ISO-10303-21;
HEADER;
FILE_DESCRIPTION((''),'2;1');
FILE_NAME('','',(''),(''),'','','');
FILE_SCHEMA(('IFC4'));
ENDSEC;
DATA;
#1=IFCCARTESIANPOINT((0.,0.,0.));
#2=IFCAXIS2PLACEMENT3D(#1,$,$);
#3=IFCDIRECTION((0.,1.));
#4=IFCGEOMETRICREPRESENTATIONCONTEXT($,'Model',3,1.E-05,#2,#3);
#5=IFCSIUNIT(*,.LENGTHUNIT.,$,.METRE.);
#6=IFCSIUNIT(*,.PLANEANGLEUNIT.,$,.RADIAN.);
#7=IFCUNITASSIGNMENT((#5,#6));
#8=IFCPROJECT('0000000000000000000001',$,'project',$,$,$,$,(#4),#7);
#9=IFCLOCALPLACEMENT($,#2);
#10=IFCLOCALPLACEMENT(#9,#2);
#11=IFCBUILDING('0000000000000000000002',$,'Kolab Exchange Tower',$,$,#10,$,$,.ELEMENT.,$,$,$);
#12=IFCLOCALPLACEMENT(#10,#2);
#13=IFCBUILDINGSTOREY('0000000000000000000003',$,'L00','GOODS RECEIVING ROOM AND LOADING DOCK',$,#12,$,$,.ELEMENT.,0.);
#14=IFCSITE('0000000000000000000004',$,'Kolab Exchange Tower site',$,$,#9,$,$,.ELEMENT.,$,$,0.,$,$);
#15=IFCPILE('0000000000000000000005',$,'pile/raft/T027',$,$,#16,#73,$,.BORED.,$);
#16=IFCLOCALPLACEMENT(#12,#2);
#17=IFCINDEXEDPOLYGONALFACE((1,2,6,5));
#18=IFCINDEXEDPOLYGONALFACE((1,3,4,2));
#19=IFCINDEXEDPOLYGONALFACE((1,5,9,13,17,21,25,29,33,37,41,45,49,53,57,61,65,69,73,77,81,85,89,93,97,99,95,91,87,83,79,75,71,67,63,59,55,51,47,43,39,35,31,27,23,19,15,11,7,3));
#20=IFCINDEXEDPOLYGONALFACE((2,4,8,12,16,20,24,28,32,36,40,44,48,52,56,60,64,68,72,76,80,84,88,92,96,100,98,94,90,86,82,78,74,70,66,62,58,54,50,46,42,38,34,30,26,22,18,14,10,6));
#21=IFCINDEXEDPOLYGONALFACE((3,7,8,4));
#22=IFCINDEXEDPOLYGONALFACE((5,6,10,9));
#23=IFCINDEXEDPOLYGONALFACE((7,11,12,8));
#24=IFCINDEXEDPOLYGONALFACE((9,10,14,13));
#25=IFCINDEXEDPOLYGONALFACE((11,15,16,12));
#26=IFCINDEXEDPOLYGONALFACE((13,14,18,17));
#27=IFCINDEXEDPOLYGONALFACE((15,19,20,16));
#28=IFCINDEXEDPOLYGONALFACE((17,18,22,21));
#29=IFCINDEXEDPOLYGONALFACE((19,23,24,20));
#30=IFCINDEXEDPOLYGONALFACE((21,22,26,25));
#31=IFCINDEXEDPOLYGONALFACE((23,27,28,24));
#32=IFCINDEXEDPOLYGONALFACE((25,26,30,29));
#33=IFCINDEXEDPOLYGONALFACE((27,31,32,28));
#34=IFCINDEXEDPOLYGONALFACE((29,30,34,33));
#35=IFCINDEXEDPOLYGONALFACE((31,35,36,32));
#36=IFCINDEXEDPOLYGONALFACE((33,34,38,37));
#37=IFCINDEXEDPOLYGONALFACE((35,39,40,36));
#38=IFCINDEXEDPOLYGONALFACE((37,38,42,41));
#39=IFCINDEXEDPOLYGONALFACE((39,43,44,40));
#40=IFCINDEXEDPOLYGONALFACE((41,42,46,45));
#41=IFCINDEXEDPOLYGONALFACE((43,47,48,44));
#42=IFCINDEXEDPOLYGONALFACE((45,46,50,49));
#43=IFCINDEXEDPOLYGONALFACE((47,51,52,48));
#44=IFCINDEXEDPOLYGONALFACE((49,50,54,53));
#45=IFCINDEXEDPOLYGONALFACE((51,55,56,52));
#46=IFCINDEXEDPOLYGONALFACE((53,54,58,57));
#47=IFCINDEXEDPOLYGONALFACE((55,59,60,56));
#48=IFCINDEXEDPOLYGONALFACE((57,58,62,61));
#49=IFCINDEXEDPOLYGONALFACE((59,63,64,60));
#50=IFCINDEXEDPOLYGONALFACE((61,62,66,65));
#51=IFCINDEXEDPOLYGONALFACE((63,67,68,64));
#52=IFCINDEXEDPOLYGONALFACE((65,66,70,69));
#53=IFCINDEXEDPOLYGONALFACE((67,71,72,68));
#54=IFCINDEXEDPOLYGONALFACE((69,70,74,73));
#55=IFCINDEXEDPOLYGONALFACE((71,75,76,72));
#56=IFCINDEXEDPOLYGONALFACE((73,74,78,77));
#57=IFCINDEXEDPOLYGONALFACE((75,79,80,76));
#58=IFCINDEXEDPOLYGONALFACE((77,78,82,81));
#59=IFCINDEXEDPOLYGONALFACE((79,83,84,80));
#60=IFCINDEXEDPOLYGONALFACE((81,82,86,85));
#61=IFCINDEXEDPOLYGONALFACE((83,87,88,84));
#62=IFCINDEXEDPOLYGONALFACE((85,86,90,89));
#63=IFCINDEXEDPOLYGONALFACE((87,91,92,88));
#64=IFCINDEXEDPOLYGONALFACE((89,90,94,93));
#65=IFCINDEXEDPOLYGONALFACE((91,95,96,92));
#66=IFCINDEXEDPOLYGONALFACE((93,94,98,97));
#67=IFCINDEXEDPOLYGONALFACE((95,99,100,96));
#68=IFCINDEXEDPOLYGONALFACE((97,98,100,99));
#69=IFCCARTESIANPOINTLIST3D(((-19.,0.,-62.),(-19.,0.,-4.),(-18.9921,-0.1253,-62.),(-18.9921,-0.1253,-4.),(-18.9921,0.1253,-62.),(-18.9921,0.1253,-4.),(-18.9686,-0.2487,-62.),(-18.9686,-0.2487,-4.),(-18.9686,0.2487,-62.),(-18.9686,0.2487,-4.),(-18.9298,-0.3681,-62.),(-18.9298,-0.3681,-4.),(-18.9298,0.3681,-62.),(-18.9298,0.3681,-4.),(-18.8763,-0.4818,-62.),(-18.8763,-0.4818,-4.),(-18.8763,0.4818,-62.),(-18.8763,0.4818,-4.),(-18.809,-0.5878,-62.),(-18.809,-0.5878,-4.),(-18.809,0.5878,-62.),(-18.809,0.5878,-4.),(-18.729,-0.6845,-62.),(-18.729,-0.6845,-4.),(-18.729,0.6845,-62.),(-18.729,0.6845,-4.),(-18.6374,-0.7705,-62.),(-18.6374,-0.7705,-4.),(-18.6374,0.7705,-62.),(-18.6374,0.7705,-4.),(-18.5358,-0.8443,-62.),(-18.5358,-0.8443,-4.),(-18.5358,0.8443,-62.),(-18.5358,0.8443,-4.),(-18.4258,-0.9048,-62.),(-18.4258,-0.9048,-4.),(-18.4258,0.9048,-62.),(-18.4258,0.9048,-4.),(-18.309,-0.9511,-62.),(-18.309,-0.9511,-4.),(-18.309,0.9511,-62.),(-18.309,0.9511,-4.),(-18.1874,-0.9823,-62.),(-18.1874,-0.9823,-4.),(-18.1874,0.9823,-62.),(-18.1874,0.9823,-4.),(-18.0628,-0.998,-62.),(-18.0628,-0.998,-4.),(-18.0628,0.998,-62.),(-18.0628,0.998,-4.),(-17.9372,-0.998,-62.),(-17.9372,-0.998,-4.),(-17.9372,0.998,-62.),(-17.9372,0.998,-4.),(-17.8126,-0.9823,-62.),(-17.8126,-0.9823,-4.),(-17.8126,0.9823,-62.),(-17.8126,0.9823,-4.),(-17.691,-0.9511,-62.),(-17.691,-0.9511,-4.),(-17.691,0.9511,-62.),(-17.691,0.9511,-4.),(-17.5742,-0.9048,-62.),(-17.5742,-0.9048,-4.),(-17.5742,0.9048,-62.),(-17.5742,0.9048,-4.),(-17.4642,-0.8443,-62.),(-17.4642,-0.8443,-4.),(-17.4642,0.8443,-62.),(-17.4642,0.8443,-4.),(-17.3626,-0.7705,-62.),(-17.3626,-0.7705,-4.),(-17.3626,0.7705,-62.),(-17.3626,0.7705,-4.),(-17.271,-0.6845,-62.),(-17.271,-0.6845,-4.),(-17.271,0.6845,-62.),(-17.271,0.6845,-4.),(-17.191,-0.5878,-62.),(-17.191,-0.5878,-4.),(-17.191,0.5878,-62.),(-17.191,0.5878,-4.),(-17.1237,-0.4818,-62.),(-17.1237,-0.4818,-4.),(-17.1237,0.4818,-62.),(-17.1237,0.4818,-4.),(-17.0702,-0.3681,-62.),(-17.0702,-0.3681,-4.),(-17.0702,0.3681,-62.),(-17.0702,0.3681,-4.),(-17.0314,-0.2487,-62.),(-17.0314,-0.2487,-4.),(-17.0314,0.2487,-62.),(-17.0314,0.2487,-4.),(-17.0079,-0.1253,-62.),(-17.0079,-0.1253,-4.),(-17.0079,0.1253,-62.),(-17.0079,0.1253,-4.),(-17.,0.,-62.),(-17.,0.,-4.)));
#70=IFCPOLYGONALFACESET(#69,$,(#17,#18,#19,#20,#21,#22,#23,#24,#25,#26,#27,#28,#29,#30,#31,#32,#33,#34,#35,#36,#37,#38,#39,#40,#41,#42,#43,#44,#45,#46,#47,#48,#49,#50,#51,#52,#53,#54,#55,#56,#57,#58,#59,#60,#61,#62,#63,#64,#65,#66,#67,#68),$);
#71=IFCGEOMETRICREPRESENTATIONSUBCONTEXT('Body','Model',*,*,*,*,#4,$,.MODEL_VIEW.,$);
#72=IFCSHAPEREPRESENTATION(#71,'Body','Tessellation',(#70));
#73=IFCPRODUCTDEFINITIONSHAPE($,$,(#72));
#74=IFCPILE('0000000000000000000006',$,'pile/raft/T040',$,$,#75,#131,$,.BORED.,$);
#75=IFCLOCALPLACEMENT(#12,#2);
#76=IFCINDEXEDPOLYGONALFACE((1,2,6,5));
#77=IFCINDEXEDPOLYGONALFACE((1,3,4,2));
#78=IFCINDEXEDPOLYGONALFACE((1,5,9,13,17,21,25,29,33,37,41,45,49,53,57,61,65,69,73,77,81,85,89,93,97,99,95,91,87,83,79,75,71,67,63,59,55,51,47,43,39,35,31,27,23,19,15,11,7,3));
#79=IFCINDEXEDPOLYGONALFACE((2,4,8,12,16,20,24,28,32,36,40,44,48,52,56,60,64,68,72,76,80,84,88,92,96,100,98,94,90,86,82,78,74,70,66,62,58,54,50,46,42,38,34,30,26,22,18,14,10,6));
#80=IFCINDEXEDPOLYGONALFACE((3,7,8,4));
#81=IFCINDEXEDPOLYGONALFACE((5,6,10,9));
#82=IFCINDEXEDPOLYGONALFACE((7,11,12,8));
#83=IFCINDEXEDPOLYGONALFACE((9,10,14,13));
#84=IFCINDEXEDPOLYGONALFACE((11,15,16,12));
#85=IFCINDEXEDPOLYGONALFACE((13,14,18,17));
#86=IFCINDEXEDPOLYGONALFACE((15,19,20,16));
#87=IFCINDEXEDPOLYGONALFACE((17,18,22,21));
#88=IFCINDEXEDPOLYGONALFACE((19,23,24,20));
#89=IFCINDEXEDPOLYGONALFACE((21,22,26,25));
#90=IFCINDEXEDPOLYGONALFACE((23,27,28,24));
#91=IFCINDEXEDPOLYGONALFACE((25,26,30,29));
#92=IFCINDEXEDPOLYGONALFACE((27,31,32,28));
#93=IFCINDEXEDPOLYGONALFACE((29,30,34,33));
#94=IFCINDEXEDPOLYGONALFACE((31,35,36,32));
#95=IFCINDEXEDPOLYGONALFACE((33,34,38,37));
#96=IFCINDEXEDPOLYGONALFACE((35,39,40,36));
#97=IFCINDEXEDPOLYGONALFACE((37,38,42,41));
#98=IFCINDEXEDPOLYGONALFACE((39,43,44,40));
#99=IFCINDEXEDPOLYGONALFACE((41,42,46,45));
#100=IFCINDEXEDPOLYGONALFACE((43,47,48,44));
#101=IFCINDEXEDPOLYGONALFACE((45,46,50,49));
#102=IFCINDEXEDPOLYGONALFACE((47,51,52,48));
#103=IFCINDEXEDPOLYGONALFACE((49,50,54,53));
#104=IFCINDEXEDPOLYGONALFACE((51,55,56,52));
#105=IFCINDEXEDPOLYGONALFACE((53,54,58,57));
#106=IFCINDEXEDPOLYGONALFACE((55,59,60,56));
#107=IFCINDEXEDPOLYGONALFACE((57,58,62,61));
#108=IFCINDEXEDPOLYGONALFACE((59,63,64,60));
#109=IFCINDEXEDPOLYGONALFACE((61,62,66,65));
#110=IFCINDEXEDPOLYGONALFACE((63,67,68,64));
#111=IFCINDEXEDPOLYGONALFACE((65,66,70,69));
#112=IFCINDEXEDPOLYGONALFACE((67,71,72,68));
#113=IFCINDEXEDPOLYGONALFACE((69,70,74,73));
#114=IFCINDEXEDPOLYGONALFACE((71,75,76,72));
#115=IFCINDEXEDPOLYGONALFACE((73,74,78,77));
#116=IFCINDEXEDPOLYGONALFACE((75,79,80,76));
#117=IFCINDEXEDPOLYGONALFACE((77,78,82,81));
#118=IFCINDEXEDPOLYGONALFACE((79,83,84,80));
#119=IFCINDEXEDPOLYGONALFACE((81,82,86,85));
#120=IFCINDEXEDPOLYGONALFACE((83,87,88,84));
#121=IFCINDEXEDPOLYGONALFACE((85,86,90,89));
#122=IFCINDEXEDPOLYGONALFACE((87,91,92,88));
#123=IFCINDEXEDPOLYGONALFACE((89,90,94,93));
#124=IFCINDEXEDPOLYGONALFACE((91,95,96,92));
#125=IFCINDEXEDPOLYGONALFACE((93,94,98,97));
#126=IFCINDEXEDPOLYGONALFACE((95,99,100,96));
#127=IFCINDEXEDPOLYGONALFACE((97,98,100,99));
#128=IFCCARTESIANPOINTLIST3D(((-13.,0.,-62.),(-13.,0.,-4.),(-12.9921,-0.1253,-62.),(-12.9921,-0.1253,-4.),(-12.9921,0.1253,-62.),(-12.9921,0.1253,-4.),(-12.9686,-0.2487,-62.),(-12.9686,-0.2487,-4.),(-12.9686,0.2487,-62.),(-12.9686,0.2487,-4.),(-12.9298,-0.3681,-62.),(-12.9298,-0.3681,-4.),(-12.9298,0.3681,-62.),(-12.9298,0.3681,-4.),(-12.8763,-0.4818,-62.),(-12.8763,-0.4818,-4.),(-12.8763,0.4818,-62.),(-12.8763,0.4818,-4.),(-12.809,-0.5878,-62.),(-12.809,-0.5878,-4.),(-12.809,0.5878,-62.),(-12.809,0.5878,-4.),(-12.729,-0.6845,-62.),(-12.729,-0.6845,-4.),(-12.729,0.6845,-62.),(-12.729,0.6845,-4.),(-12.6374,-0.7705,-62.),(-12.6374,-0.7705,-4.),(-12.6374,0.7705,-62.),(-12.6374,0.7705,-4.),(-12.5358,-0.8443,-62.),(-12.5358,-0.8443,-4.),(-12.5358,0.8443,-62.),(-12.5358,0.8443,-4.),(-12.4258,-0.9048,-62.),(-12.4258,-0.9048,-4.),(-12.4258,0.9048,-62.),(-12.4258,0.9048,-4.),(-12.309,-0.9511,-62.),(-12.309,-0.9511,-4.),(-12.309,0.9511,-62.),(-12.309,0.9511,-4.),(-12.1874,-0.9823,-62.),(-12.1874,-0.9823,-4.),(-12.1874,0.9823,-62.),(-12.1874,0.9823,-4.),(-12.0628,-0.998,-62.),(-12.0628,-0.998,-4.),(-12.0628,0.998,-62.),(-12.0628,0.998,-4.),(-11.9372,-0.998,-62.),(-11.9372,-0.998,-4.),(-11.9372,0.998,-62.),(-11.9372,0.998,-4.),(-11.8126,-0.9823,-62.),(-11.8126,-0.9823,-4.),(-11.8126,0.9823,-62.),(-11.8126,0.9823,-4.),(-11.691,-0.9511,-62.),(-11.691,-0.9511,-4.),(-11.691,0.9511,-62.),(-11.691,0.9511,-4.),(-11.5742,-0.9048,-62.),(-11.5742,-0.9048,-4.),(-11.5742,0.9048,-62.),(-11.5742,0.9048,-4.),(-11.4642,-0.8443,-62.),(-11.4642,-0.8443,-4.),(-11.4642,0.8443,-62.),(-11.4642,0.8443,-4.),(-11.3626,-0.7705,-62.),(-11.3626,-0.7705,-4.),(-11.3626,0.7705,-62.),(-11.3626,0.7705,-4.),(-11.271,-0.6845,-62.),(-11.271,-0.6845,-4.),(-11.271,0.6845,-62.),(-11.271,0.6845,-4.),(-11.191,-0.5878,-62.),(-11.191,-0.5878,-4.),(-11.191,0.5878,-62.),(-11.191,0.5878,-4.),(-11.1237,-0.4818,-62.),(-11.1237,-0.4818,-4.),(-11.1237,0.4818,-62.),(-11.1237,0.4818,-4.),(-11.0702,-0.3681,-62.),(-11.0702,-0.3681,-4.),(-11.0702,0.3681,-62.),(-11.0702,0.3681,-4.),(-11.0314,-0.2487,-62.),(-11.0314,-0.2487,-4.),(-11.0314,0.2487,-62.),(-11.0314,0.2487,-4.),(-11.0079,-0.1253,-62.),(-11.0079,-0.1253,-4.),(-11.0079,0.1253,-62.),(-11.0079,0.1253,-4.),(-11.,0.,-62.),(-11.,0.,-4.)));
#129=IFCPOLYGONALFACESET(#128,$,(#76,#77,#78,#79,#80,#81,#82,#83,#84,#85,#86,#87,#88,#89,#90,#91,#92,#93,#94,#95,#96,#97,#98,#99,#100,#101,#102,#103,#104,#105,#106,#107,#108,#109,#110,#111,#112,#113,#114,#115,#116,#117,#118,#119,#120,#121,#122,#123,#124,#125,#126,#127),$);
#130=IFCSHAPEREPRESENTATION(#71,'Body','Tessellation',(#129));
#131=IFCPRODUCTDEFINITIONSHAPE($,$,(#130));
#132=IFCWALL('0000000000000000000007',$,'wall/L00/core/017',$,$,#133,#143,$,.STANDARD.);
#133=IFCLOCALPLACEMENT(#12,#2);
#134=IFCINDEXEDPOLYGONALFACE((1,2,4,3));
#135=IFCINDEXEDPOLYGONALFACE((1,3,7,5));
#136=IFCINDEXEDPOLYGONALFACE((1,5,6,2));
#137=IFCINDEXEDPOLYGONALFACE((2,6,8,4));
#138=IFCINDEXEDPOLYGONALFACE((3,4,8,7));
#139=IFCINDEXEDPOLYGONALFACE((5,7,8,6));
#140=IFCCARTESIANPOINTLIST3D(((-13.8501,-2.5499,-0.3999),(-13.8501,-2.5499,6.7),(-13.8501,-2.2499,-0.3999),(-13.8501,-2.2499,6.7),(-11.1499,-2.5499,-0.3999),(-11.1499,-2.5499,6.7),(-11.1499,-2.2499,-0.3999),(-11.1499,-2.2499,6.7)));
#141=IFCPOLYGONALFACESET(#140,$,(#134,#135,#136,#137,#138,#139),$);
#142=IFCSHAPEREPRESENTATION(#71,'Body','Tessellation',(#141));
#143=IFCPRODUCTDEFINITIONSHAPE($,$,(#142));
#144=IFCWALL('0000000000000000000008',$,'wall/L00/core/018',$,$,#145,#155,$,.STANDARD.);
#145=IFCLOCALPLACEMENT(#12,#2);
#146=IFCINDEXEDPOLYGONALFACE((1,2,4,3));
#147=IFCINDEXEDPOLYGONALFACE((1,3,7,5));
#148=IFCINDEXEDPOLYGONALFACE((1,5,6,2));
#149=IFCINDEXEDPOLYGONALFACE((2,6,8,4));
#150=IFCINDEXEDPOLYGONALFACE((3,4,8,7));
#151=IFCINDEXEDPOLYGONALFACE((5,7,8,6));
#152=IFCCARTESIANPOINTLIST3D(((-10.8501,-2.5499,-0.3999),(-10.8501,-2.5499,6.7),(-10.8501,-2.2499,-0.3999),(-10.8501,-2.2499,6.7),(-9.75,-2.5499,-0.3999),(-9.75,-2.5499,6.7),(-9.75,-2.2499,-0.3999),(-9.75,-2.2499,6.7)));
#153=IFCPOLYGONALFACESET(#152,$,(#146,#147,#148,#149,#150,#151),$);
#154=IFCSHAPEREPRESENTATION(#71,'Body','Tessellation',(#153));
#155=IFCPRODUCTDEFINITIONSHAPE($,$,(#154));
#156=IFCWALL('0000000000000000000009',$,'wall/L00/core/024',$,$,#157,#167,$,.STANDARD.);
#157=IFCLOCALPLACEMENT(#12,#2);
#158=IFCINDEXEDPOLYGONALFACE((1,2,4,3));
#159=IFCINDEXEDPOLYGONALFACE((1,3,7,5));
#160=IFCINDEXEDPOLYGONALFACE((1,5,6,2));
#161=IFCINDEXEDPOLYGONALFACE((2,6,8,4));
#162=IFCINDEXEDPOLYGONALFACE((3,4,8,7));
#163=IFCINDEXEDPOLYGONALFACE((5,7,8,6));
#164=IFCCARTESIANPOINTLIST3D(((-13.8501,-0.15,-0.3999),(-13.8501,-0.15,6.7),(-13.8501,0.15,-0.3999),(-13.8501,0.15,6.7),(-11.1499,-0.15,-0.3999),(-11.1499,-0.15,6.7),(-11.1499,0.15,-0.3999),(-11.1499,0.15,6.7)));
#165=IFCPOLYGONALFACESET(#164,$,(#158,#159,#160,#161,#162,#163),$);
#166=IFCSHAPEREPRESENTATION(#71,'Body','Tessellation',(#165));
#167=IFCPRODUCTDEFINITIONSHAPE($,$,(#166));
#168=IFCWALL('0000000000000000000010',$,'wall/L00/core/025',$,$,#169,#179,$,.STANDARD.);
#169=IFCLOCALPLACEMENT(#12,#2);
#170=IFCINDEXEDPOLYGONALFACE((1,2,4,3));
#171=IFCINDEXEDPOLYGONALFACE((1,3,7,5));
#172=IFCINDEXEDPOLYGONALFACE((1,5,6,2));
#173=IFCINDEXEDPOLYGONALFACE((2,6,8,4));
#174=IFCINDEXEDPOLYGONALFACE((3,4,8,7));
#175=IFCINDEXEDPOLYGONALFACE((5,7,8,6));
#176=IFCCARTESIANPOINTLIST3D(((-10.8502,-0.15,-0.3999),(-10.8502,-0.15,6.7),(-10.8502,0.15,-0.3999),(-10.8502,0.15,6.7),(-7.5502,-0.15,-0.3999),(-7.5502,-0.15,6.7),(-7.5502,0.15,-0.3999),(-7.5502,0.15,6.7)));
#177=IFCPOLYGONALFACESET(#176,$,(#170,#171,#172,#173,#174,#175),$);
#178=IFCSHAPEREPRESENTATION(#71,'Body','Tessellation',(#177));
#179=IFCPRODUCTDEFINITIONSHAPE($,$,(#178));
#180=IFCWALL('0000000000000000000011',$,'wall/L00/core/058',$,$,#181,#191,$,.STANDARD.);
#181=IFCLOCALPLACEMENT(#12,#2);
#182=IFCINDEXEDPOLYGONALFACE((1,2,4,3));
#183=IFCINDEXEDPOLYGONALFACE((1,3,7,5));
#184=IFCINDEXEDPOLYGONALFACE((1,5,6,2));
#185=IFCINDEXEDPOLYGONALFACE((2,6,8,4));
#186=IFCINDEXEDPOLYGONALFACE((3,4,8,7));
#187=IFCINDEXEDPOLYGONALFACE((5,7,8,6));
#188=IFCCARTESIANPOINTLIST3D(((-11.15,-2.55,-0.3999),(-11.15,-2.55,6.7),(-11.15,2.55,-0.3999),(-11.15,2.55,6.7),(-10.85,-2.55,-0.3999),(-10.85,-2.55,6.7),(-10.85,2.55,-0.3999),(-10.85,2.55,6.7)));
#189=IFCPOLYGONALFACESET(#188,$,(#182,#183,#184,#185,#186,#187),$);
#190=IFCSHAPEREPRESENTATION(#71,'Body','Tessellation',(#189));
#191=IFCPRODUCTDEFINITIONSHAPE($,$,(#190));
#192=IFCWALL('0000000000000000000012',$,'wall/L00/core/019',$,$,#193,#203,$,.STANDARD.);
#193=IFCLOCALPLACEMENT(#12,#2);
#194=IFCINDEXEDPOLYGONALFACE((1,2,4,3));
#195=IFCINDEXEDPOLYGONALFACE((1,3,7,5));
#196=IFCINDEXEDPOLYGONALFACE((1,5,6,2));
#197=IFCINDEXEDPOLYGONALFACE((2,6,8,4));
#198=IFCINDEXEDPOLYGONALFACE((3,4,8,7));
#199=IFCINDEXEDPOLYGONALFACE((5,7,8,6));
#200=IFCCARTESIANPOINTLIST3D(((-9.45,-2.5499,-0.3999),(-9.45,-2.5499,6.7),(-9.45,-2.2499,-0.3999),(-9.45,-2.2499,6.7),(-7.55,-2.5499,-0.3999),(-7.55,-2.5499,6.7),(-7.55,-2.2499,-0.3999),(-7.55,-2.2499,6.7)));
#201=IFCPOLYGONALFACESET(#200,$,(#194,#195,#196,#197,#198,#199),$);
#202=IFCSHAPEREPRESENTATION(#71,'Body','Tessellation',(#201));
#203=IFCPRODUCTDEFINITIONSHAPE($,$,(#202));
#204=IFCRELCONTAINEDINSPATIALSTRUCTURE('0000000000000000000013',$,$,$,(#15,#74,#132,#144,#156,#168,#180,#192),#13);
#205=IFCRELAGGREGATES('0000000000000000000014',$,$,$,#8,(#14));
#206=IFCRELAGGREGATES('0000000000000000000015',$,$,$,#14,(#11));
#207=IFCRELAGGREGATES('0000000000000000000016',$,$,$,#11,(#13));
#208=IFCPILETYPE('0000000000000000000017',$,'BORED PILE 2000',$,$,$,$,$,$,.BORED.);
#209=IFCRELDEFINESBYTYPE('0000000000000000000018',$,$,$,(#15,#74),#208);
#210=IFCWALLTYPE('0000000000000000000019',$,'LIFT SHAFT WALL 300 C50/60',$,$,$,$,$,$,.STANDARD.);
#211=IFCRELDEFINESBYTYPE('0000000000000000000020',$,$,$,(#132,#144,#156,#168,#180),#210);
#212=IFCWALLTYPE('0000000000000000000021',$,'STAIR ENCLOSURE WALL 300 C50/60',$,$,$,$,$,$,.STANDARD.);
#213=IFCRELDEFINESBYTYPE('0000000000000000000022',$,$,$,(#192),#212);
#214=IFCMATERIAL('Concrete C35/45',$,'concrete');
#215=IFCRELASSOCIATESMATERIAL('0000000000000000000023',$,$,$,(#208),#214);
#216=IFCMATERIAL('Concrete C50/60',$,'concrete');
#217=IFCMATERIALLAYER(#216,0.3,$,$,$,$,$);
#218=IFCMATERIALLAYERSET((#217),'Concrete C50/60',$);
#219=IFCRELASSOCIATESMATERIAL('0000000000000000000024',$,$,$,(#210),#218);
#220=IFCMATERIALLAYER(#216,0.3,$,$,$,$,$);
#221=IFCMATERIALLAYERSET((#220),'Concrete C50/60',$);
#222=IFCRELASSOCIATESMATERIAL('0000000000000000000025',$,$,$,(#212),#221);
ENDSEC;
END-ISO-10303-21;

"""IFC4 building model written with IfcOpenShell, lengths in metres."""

from ifc_helpers import new_model, si_unit, direction, frame, frame_2d, origin, origin_2d, place, context, subcontext, project, spatial, rectangle, circle, extrude, material, layer, layer_set, material_profile, profile_set, type_object, element, save


model = new_model("IFC4")

# Units and contexts
model_context = context("Model", 3, precision=1e-05, world=origin(), true_north=direction((0.0, 1.0)))
body_context = subcontext(model_context, "Body", "Model", "MODEL_VIEW")
ifc_project = project(units=[si_unit("LENGTHUNIT", "METRE"), si_unit("PLANEANGLEUNIT", "RADIAN")], contexts=[model_context])

# Site, building, storey
site_placement = place(None, origin())
site = spatial("IfcSite", under=ifc_project, at=site_placement, Name="Kolab Exchange Tower site", CompositionType="ELEMENT", RefElevation=0.0)
building_placement = place(site_placement, origin())
building = spatial("IfcBuilding", under=site, at=building_placement, Name="Kolab Exchange Tower", CompositionType="ELEMENT")
storey_placement = place(building_placement, origin())
storey = spatial("IfcBuildingStorey", under=building, at=storey_placement, Name="L00", Description="GOODS RECEIVING ROOM AND LOADING DOCK", CompositionType="ELEMENT", Elevation=0.0)

# Piles
ifc_material_1 = material(Name="Concrete C35/45", Category="concrete")
ifc_material_profile = material_profile(ifc_material_1, circle(Radius=1.0, at=origin_2d()), Name="BP2000")
ifc_profile_set = profile_set([ifc_material_profile], Name="Concrete C35/45")
pile_type = type_object("IfcPileType", Name="BORED PILE 2000", PredefinedType="BORED", material=ifc_profile_set)
for number, where, z_axis, x_axis, name in (
    (1, (-18.0, 0.0, -4.0), (0.0, 0.0, -1.0), (1.0, 0.0, 0.0), "pile/raft/T027"),
    (2, (-12.0, 0.0, -4.0), (0.0, 0.0, -1.0), (1.0, 0.0, 0.0), "pile/raft/T040"),
):
    element("IfcPile", number, at=place(storey_placement, frame(where, z_axis=z_axis, x_axis=x_axis)), inside=storey, type_object=pile_type, Name=name, PredefinedType="BORED", context=body_context, shape_type="SweptSolid", body=[
        extrude(circle(Radius=1.0, at=origin_2d()), origin(), (0.0, 0.0, 1.0), 58.0),
    ])

# Walls
ifc_material_2 = material(Name="Concrete C50/60", Category="concrete")
ifc_layer_1 = layer(ifc_material_2, 0.3)
ifc_layer_set_1 = layer_set([ifc_layer_1], Name="Concrete C50/60")
wall_type_1 = type_object("IfcWallType", Name="LIFT SHAFT WALL 300 C50/60", PredefinedType="STANDARD", material=ifc_layer_set_1)
wall_1_placement = place(storey_placement, frame((-13.8501, -2.3999, -0.3999), z_axis=(0.0, 0.0, 1.0), x_axis=(1.0, 0.0, 0.0)))
element("IfcWall", 3, at=wall_1_placement, inside=storey, type_object=wall_type_1, Name="wall/L00/core/017", PredefinedType="STANDARD", context=body_context, shape_type="SweptSolid", body=[
    extrude(rectangle(XDim=2.7002, YDim=0.3, at=frame_2d((1.3501, 0.0))), origin(), (0.0, 0.0, 1.0), 7.0999),
])
wall_2_placement = place(storey_placement, frame((-10.8501, -2.3999, -0.3999), z_axis=(0.0, 0.0, 1.0), x_axis=(1.0, 0.0, 0.0)))
element("IfcWall", 4, at=wall_2_placement, inside=storey, type_object=wall_type_1, Name="wall/L00/core/018", PredefinedType="STANDARD", context=body_context, shape_type="SweptSolid", body=[
    extrude(rectangle(XDim=1.1001, YDim=0.3, at=frame_2d((0.55, 0.0))), origin(), (0.0, 0.0, 1.0), 7.0999),
])
wall_3_placement = place(storey_placement, frame((-13.8501, 0.0, -0.3999), z_axis=(0.0, 0.0, 1.0), x_axis=(1.0, 0.0, 0.0)))
element("IfcWall", 5, at=wall_3_placement, inside=storey, type_object=wall_type_1, Name="wall/L00/core/024", PredefinedType="STANDARD", context=body_context, shape_type="SweptSolid", body=[
    extrude(rectangle(XDim=2.7002, YDim=0.3, at=frame_2d((1.3501, 0.0))), origin(), (0.0, 0.0, 1.0), 7.0999),
])
wall_4_placement = place(storey_placement, frame((-10.8501, 0.0, -0.3999), z_axis=(0.0, 0.0, 1.0), x_axis=(1.0, 0.0, 0.0)))
element("IfcWall", 6, at=wall_4_placement, inside=storey, type_object=wall_type_1, Name="wall/L00/core/025", PredefinedType="STANDARD", context=body_context, shape_type="SweptSolid", body=[
    extrude(rectangle(XDim=3.3, YDim=0.3, at=frame_2d((1.6499, 0.0))), origin(), (0.0, 0.0, 1.0), 7.0999),
])
wall_5_placement = place(storey_placement, frame((-11.0, -2.55, -0.3999), z_axis=(0.0, 0.0, 1.0), x_axis=(0.0, 1.0, 0.0)))
element("IfcWall", 7, at=wall_5_placement, inside=storey, type_object=wall_type_1, Name="wall/L00/core/058", PredefinedType="STANDARD", context=body_context, shape_type="SweptSolid", body=[
    extrude(rectangle(XDim=5.1001, YDim=0.3, at=frame_2d((2.55, 0.0))), origin(), (0.0, 0.0, 1.0), 7.0999),
])
ifc_layer_2 = layer(ifc_material_2, 0.3)
ifc_layer_set_2 = layer_set([ifc_layer_2], Name="Concrete C50/60")
wall_type_2 = type_object("IfcWallType", Name="STAIR ENCLOSURE WALL 300 C50/60", PredefinedType="STANDARD", material=ifc_layer_set_2)
wall_6_placement = place(storey_placement, frame((-9.45, -2.3999, -0.3999), z_axis=(0.0, 0.0, 1.0), x_axis=(1.0, 0.0, 0.0)))
element("IfcWall", 8, at=wall_6_placement, inside=storey, type_object=wall_type_2, Name="wall/L00/core/019", PredefinedType="STANDARD", context=body_context, shape_type="SweptSolid", body=[
    extrude(rectangle(XDim=1.8999, YDim=0.3, at=frame_2d((0.95, 0.0))), origin(), (0.0, 0.0, 1.0), 7.0999),
])

save(model, "model.ifc")
